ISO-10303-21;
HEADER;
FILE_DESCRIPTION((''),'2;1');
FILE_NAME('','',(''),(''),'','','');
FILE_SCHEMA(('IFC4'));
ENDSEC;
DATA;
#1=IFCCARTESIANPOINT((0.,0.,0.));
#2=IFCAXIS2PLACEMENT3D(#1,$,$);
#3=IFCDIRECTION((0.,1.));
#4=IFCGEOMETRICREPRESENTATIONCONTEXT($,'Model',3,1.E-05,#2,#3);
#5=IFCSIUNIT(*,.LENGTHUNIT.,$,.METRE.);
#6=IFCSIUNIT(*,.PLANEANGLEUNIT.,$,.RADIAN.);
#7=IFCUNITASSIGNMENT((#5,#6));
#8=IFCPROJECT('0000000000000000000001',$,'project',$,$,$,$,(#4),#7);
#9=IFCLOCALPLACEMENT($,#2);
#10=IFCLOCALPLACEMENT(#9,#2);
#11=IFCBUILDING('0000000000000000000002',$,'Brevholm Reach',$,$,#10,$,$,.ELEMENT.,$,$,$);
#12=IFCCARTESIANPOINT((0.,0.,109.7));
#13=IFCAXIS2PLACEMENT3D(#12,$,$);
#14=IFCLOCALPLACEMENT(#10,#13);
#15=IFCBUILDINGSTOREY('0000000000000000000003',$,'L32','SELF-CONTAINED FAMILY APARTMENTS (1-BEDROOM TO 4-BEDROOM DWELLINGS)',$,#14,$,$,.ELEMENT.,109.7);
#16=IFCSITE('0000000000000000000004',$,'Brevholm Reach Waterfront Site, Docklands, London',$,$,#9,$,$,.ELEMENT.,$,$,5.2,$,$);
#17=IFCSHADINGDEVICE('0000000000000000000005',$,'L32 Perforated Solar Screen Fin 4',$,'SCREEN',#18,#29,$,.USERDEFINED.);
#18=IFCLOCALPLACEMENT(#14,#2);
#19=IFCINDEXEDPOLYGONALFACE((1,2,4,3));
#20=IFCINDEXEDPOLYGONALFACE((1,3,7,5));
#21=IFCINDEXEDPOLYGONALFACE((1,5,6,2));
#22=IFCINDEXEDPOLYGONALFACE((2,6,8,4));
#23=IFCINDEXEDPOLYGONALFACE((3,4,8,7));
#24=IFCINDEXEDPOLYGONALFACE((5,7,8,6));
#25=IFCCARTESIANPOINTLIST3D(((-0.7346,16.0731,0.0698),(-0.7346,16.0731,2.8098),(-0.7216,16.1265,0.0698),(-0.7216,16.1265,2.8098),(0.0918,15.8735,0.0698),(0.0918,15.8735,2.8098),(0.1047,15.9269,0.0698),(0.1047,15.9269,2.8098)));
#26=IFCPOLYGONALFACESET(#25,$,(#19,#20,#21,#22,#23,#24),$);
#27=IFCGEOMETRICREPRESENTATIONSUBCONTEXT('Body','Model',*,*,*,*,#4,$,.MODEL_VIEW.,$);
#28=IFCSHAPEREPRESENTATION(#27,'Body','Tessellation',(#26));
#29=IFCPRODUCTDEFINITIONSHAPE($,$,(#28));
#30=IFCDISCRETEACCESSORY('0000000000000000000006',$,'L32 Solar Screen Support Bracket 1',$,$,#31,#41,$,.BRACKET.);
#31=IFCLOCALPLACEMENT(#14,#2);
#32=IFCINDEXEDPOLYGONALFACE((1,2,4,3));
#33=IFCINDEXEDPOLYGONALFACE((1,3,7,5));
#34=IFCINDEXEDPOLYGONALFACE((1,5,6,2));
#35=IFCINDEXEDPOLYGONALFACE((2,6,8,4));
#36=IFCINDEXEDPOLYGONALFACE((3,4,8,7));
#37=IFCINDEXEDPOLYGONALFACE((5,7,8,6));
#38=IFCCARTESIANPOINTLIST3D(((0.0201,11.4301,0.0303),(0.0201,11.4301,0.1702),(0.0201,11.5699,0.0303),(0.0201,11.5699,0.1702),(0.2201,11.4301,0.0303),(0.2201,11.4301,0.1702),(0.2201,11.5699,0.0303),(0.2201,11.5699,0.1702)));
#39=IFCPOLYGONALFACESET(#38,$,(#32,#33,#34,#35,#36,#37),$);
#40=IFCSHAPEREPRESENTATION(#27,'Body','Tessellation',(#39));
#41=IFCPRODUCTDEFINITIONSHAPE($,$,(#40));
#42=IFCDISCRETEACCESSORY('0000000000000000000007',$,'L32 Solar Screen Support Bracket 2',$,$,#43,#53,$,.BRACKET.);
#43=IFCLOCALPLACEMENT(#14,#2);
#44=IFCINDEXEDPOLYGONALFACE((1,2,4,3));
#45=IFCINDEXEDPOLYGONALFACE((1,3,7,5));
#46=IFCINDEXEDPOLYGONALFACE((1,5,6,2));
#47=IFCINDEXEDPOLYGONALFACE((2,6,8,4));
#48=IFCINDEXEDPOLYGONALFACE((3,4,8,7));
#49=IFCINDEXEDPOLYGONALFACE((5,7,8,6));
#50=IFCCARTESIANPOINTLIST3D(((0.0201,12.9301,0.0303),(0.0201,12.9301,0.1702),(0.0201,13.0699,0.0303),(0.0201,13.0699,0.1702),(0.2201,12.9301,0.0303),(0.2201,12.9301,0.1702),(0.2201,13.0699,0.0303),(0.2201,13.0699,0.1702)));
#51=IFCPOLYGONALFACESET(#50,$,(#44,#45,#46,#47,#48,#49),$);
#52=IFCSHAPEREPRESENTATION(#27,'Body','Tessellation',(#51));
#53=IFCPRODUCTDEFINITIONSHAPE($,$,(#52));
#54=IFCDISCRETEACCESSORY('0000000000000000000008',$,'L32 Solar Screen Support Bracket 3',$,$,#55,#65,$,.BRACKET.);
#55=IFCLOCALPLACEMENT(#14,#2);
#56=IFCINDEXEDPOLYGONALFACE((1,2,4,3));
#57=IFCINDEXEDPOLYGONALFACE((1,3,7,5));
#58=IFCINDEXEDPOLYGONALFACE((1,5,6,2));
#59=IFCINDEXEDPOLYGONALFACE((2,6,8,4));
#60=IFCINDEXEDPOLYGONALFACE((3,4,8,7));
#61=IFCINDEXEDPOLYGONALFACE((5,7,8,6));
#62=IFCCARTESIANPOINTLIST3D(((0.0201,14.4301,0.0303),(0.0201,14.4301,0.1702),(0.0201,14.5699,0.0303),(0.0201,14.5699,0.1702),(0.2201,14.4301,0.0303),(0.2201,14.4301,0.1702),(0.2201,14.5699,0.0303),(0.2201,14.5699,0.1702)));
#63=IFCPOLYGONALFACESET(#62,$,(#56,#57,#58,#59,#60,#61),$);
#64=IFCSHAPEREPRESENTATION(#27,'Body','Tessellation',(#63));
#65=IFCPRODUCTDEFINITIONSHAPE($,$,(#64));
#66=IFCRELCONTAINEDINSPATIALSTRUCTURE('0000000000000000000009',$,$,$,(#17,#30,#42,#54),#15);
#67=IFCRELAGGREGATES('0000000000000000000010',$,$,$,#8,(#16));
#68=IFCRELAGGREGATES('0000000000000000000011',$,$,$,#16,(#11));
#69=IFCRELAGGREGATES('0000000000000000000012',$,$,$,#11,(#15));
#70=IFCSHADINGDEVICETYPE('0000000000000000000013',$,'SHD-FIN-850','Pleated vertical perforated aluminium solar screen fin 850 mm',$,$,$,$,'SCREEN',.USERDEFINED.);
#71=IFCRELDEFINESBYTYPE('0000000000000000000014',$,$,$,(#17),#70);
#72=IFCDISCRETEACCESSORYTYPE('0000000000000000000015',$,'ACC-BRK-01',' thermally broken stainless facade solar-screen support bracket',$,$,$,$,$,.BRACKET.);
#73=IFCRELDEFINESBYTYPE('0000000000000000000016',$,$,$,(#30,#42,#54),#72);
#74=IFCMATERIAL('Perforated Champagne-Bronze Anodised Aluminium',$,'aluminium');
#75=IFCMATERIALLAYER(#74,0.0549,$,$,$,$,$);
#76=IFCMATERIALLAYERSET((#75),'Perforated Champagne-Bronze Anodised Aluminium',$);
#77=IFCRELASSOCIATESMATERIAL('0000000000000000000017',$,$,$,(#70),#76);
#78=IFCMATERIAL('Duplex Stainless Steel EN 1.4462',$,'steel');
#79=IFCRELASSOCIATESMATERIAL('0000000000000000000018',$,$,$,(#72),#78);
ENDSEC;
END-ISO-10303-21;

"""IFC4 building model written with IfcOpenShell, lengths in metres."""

from ifc_helpers import new_model, si_unit, direction, frame, origin, origin_2d, place, context, subcontext, project, spatial, rectangle, extrude, material, layer, layer_set, type_object, element, save


model = new_model("IFC4")

# Units and contexts
model_context = context("Model", 3, precision=1e-05, world=origin(), true_north=direction((0.0, 1.0)))
body_context = subcontext(model_context, "Body", "Model", "MODEL_VIEW")
ifc_project = project(units=[si_unit("LENGTHUNIT", "METRE"), si_unit("PLANEANGLEUNIT", "RADIAN")], contexts=[model_context])

# Site, building, storey
site_placement = place(None, origin())
site = spatial("IfcSite", under=ifc_project, at=site_placement, Name="Brevholm Reach Waterfront Site, Docklands, London", CompositionType="ELEMENT", RefElevation=5.2)
building_placement = place(site_placement, origin())
building = spatial("IfcBuilding", under=site, at=building_placement, Name="Brevholm Reach", CompositionType="ELEMENT")
storey_placement = place(building_placement, frame((0.0, 0.0, 109.7)))
storey = spatial("IfcBuildingStorey", under=building, at=storey_placement, Name="L32", Description="SELF-CONTAINED FAMILY APARTMENTS (1-BEDROOM TO 4-BEDROOM DWELLINGS)", CompositionType="ELEMENT", Elevation=109.7)

# Shading device
ifc_material_1 = material(Name="Perforated Champagne-Bronze Anodised Aluminium", Category="aluminium")
ifc_layer_1 = layer(ifc_material_1, 0.0549)
ifc_layer_set_1 = layer_set([ifc_layer_1], Name="Perforated Champagne-Bronze Anodised Aluminium")
shading_device_type = type_object("IfcShadingDeviceType", Name="SHD-FIN-850", Description="Pleated vertical perforated aluminium solar screen fin 850 mm", ElementType="SCREEN", PredefinedType="USERDEFINED", material=ifc_layer_set_1)
for number, where, z_axis, x_axis, name in (
    (1, (-0.3149, 16.0, 0.0698), (0.0, 0.0, 1.0), (-0.972027, 0.234871, 0.0), "L32 Perforated Solar Screen Fin 4"),
):
    element("IfcShadingDevice", number, at=place(storey_placement, frame(where, z_axis=z_axis, x_axis=x_axis)), inside=storey, type_object=shading_device_type, Name=name, ObjectType="SCREEN", PredefinedType="USERDEFINED", context=body_context, shape_type="SweptSolid", body=[
        extrude(rectangle(XDim=0.8501, YDim=0.0549, at=origin_2d()), origin(), (0.0, 0.0, 1.0), 2.74),
    ])

# Discrete accessories
ifc_material_2 = material(Name="Duplex Stainless Steel EN 1.4462", Category="steel")
discrete_accessory_type = type_object("IfcDiscreteAccessoryType", Name="ACC-BRK-01", Description=" thermally broken stainless facade solar-screen support bracket", PredefinedType="BRACKET", material=ifc_material_2)
for number, where, z_axis, x_axis, name in (
    (2, (0.1201, 11.5, 0.0303), (0.0, 0.0, 1.0), (-1.0, 0.0, 0.0), "L32 Solar Screen Support Bracket 1"),
    (3, (0.1201, 13.0, 0.0303), (0.0, 0.0, 1.0), (-1.0, 0.0, 0.0), "L32 Solar Screen Support Bracket 2"),
    (4, (0.1201, 14.5, 0.0303), (0.0, 0.0, 1.0), (-1.0, 0.0, 0.0), "L32 Solar Screen Support Bracket 3"),
):
    element("IfcDiscreteAccessory", number, at=place(storey_placement, frame(where, z_axis=z_axis, x_axis=x_axis)), inside=storey, type_object=discrete_accessory_type, Name=name, PredefinedType="BRACKET", context=body_context, shape_type="SweptSolid", body=[
        extrude(rectangle(XDim=0.2, YDim=0.1399, at=origin_2d()), origin(), (0.0, 0.0, 1.0), 0.1399),
    ])

save(model, "model.ifc")
